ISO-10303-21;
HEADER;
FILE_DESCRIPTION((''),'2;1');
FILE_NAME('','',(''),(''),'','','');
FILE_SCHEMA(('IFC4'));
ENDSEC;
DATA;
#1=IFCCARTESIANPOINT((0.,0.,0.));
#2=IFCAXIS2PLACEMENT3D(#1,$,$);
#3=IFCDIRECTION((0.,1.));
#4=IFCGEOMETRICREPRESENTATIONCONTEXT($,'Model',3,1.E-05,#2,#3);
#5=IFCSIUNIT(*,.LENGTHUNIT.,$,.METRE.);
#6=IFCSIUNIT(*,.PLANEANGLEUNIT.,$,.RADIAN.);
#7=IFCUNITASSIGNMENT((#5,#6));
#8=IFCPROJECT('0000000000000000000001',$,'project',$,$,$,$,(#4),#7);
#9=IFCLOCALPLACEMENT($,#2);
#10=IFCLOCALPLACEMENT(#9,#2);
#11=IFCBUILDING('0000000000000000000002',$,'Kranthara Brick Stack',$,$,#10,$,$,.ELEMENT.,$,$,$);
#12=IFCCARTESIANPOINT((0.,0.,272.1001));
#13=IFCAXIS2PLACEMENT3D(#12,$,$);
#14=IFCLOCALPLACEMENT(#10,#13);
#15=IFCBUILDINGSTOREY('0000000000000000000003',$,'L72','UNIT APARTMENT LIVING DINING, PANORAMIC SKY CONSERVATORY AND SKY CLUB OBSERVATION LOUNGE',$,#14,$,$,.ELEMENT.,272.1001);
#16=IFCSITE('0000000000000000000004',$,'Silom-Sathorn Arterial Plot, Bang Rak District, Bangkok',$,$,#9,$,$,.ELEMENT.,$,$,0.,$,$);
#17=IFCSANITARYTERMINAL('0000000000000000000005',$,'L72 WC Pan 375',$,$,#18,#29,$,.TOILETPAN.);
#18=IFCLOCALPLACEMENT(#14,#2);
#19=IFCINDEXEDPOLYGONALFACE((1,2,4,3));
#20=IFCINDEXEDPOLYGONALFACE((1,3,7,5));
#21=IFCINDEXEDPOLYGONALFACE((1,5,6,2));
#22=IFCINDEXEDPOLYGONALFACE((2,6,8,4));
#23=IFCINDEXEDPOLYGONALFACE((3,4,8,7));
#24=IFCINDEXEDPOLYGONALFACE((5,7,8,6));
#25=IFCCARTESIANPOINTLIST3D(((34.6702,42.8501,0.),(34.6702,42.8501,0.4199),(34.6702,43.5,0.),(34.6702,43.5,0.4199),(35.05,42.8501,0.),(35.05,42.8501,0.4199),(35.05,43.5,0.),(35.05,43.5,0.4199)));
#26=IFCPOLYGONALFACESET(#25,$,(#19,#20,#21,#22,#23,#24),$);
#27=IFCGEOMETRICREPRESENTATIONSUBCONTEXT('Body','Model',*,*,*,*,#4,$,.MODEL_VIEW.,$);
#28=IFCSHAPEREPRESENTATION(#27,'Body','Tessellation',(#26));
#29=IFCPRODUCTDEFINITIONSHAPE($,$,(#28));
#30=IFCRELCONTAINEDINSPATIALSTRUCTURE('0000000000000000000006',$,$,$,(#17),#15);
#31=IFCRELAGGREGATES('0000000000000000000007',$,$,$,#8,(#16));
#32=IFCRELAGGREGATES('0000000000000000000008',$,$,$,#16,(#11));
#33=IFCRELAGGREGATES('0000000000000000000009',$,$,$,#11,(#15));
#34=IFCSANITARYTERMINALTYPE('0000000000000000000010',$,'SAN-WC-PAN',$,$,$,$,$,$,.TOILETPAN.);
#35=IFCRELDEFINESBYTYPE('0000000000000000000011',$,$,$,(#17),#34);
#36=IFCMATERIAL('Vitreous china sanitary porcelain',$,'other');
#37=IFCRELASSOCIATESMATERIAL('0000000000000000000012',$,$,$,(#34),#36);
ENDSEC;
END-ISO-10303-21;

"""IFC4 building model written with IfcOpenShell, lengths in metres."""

from ifc_helpers import new_model, si_unit, direction, frame, origin, origin_2d, place, context, subcontext, project, spatial, rectangle, extrude, material, type_object, element, save


model = new_model("IFC4")

# Units and contexts
model_context = context("Model", 3, precision=1e-05, world=origin(), true_north=direction((0.0, 1.0)))
body_context = subcontext(model_context, "Body", "Model", "MODEL_VIEW")
ifc_project = project(units=[si_unit("LENGTHUNIT", "METRE"), si_unit("PLANEANGLEUNIT", "RADIAN")], contexts=[model_context])

# Site, building, storey
site_placement = place(None, origin())
site = spatial("IfcSite", under=ifc_project, at=site_placement, Name="Silom-Sathorn Arterial Plot, Bang Rak District, Bangkok", CompositionType="ELEMENT", RefElevation=0.0)
building_placement = place(site_placement, origin())
building = spatial("IfcBuilding", under=site, at=building_placement, Name="Kranthara Brick Stack", CompositionType="ELEMENT")
storey_placement = place(building_placement, frame((0.0, 0.0, 272.1001)))
storey = spatial("IfcBuildingStorey", under=building, at=storey_placement, Name="L72", Description="UNIT APARTMENT LIVING DINING, PANORAMIC SKY CONSERVATORY AND SKY CLUB OBSERVATION LOUNGE", CompositionType="ELEMENT", Elevation=272.1001)

# Sanitary terminal
ifc_material_1 = material(Name="Vitreous china sanitary porcelain", Category="other")
sanitary_terminal_type_1 = type_object("IfcSanitaryTerminalType", Name="SAN-WC-PAN", PredefinedType="TOILETPAN", material=ifc_material_1)
for number, where, z_axis, x_axis, name in (
    (1, (34.8601, 43.175, 0.0), (0.0, 0.0, 1.0), (1.0, 0.0, 0.0), "L72 WC Pan 375"),
):
    element("IfcSanitaryTerminal", number, at=place(storey_placement, frame(where, z_axis=z_axis, x_axis=x_axis)), inside=storey, type_object=sanitary_terminal_type_1, Name=name, PredefinedType="TOILETPAN", context=body_context, shape_type="SweptSolid", body=[
        extrude(rectangle(XDim=0.3799, YDim=0.6499, at=origin_2d()), origin(), (0.0, 0.0, 1.0), 0.4199),
    ])

save(model, "model.ifc")
